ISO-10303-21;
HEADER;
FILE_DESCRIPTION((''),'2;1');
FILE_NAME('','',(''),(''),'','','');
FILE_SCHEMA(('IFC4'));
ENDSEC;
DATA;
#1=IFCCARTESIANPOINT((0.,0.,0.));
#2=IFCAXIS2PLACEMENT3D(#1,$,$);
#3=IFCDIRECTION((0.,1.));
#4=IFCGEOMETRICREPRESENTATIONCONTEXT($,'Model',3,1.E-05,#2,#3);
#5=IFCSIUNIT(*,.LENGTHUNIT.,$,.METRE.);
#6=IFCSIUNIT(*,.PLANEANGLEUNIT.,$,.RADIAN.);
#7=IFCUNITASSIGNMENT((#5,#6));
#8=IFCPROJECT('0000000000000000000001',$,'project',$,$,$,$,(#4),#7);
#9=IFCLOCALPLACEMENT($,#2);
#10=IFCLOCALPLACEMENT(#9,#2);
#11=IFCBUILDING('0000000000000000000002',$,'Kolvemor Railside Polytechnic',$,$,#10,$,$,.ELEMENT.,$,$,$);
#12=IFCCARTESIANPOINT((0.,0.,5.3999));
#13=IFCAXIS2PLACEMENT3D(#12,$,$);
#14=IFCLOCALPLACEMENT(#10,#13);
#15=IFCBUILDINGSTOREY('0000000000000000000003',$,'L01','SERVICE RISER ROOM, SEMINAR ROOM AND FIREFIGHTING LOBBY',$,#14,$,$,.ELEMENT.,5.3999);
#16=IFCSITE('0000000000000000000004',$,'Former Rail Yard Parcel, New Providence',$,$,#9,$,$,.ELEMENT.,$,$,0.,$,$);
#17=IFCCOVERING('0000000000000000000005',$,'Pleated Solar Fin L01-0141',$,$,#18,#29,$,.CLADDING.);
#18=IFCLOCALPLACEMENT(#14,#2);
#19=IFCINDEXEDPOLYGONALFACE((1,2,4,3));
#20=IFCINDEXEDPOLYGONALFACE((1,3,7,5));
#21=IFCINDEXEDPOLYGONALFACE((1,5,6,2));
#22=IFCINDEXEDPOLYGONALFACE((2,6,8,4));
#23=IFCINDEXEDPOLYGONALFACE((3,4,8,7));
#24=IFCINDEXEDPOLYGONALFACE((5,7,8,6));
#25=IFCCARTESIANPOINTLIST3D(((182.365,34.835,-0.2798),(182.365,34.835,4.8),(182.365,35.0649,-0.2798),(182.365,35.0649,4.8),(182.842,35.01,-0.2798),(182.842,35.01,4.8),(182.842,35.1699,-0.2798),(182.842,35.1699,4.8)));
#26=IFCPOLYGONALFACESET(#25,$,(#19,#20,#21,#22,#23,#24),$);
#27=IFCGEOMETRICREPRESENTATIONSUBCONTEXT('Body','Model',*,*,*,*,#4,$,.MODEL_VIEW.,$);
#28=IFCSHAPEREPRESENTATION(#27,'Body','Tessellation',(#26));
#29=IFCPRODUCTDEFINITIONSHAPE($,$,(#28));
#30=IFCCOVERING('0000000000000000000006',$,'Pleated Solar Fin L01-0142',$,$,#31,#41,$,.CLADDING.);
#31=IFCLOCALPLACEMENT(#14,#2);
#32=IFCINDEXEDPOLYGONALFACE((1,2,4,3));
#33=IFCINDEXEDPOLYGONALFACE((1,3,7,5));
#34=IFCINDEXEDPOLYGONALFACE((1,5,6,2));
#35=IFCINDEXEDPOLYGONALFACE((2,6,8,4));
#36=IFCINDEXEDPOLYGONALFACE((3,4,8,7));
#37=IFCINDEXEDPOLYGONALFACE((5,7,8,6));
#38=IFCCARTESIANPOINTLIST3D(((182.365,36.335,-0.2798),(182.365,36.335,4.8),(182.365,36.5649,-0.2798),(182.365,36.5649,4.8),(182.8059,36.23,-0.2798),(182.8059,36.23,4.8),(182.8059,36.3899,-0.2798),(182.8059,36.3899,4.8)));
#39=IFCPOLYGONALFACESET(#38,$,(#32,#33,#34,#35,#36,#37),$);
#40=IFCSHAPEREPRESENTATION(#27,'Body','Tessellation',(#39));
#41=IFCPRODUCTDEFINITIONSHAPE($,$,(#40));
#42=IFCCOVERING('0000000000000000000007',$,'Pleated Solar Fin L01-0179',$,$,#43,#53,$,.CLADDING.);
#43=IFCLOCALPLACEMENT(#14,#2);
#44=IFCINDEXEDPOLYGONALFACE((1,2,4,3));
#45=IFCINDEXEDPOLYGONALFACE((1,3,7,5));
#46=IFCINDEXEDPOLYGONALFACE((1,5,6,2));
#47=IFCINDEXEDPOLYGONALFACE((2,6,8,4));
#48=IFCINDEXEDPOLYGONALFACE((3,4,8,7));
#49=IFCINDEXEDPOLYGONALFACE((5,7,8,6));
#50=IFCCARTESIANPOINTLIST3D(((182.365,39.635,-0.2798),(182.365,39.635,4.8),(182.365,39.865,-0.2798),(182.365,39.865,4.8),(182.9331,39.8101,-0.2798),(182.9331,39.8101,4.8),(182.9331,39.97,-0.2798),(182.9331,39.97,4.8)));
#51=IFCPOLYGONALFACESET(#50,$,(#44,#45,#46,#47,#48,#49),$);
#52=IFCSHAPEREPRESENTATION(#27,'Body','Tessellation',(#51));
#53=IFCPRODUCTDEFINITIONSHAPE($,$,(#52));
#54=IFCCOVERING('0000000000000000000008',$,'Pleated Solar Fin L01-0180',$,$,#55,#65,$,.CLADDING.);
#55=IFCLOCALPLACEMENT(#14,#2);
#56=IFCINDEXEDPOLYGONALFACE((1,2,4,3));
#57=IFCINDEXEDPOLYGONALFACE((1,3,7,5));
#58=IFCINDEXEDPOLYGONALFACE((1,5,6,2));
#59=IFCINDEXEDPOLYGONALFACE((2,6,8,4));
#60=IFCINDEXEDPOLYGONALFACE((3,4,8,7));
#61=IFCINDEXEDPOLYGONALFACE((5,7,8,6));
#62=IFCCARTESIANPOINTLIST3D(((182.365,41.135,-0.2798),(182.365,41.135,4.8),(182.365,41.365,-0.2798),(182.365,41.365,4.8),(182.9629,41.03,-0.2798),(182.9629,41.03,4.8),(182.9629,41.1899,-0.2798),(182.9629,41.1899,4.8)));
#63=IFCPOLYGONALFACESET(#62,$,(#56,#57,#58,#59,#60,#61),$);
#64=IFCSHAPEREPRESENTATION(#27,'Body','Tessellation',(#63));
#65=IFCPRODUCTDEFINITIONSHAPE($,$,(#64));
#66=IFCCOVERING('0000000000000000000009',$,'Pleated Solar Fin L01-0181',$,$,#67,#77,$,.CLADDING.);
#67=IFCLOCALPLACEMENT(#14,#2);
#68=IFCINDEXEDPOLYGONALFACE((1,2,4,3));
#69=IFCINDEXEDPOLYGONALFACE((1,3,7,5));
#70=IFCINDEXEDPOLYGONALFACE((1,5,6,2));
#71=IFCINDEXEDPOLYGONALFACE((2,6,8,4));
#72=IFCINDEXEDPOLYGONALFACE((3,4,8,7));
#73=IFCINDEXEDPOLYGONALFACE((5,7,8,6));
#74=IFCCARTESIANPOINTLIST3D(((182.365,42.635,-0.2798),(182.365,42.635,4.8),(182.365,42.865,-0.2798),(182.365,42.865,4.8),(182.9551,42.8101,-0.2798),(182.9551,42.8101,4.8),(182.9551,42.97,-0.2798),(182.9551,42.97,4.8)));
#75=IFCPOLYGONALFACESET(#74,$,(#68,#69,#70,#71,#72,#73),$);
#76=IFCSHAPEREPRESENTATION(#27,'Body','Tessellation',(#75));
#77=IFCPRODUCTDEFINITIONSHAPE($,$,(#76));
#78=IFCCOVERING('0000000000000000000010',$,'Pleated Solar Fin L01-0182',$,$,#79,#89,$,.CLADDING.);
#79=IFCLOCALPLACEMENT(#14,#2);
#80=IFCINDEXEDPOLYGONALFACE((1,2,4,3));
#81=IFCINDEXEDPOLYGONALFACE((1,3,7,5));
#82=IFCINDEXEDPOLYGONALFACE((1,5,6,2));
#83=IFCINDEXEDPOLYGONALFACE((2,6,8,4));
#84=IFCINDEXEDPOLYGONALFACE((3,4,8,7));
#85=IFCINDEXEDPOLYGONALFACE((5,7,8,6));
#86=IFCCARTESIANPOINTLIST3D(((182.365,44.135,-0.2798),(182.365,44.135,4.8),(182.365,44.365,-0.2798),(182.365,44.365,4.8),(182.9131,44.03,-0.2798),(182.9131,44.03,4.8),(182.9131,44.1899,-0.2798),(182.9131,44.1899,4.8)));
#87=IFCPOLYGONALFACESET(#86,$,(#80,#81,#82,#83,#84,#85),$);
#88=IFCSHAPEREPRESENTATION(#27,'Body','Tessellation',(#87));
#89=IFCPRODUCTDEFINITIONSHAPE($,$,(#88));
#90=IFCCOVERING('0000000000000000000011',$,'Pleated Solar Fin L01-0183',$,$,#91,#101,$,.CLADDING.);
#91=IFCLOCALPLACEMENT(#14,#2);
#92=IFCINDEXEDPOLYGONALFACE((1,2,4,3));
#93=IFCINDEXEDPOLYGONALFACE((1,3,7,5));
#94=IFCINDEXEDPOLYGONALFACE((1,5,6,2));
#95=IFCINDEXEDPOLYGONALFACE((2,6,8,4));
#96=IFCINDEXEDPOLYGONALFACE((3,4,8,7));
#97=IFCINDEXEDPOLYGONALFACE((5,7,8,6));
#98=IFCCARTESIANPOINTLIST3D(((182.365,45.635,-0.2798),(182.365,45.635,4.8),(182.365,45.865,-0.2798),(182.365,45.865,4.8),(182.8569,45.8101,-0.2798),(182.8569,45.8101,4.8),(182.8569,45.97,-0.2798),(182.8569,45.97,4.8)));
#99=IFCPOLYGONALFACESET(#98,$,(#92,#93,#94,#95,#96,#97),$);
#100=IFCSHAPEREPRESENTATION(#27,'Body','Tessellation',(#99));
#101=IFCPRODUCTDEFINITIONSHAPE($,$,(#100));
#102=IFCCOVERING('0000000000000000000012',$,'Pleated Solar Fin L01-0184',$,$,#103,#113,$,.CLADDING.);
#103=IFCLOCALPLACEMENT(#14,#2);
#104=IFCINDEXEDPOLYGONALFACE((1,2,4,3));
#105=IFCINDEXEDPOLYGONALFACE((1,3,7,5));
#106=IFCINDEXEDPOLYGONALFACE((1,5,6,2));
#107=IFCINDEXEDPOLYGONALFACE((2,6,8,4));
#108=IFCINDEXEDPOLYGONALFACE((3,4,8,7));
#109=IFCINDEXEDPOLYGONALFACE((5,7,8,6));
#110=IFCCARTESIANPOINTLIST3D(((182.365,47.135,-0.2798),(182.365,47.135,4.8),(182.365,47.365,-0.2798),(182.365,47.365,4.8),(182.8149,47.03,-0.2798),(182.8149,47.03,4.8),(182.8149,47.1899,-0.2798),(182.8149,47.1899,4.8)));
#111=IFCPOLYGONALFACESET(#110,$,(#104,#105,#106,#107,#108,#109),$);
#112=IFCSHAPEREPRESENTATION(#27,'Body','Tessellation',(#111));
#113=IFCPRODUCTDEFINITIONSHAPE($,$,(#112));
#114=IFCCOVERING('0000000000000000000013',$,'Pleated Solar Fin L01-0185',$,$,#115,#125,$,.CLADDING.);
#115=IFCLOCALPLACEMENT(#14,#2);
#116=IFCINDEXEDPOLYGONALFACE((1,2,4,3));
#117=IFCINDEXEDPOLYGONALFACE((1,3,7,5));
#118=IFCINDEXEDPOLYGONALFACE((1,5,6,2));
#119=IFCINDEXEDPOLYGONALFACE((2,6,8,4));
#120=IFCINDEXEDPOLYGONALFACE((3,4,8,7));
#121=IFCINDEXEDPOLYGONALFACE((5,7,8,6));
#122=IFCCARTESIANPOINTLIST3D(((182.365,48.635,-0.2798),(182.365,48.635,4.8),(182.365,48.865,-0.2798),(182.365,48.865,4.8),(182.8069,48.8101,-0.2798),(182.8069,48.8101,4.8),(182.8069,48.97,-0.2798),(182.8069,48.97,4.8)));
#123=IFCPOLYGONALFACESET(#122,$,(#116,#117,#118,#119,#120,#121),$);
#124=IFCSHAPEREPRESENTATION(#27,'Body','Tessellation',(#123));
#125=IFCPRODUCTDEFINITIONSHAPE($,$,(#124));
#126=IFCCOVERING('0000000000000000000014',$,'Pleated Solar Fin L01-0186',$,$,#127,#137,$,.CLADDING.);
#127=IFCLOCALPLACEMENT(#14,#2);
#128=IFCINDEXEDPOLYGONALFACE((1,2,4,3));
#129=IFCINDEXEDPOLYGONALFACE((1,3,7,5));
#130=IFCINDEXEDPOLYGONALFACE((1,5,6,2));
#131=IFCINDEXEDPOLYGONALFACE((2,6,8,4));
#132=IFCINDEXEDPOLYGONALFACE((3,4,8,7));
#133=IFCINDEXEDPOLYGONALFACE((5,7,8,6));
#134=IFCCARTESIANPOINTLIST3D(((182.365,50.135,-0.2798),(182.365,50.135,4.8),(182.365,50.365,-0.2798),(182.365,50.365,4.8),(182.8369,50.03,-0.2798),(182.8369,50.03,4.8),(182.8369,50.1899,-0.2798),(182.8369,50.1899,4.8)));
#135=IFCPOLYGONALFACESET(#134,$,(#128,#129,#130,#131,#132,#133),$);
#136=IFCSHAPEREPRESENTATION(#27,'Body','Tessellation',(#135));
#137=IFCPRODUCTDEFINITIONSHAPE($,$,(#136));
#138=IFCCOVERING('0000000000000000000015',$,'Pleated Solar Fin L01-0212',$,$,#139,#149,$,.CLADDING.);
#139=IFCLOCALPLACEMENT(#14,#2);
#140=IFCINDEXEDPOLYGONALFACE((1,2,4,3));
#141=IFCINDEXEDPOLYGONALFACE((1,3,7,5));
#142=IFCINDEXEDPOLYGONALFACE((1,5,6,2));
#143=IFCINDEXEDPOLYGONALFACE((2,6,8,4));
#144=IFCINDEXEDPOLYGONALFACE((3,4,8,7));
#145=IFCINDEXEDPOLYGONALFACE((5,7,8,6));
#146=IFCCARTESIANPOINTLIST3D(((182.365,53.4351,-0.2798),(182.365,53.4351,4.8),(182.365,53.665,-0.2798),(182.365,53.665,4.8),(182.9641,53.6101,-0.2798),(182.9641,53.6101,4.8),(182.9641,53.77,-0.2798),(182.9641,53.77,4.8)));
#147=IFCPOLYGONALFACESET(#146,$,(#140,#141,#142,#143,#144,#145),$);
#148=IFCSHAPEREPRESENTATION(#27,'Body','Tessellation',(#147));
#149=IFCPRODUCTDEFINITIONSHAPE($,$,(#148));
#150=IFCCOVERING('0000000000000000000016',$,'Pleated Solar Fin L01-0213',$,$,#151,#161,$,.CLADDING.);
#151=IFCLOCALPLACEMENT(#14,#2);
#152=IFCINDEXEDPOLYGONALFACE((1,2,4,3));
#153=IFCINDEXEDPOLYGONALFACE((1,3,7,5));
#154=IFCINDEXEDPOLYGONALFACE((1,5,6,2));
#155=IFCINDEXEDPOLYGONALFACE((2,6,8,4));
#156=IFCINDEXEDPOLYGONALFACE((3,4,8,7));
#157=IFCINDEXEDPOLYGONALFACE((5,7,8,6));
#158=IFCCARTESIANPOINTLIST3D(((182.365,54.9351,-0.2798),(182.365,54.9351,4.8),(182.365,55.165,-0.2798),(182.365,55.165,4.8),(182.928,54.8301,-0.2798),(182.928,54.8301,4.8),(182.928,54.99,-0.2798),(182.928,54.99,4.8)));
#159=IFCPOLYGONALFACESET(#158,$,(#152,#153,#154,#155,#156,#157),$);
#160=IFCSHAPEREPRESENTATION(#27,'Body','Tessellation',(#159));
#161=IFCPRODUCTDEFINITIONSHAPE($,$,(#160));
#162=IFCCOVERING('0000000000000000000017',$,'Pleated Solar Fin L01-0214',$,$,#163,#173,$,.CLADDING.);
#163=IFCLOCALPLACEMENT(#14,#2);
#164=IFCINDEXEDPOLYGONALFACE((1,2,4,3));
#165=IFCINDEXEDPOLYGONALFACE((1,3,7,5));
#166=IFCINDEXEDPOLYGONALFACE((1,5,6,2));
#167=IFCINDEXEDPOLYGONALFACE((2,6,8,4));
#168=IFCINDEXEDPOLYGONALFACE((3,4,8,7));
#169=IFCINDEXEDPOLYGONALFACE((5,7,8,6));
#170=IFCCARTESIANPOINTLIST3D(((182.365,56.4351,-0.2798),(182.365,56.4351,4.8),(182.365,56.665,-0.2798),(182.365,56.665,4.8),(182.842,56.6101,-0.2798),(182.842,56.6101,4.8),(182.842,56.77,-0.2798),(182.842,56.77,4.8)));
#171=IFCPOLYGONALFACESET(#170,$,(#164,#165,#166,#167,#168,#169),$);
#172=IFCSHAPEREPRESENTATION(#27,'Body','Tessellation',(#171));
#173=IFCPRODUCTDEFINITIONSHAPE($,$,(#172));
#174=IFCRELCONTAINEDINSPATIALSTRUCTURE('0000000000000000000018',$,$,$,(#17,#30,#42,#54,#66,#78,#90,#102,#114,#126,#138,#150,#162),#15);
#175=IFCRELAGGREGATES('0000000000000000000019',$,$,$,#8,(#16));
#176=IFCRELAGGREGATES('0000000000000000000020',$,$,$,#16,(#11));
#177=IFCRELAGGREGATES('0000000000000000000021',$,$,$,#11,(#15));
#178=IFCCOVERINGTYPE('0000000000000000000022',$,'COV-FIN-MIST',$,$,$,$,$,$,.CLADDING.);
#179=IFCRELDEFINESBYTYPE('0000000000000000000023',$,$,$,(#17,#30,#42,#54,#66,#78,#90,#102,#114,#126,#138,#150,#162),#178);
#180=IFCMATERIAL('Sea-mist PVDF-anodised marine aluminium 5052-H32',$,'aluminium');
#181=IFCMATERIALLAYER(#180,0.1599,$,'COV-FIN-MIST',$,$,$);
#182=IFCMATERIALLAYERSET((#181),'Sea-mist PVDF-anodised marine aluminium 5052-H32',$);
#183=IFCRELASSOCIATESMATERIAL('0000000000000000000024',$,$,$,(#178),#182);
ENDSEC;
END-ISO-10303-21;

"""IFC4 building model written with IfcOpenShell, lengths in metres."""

from ifc_helpers import new_model, si_unit, direction, frame, origin, place, context, subcontext, project, spatial, polyline, outline, extrude, material, layer, layer_set, type_object, element, save


model = new_model("IFC4")

# Units and contexts
model_context = context("Model", 3, precision=1e-05, world=origin(), true_north=direction((0.0, 1.0)))
body_context = subcontext(model_context, "Body", "Model", "MODEL_VIEW")
ifc_project = project(units=[si_unit("LENGTHUNIT", "METRE"), si_unit("PLANEANGLEUNIT", "RADIAN")], contexts=[model_context])

# Site, building, storey
site_placement = place(None, origin())
site = spatial("IfcSite", under=ifc_project, at=site_placement, Name="Former Rail Yard Parcel, New Providence", CompositionType="ELEMENT", RefElevation=0.0)
building_placement = place(site_placement, origin())
building = spatial("IfcBuilding", under=site, at=building_placement, Name="Kolvemor Railside Polytechnic", CompositionType="ELEMENT")
storey_placement = place(building_placement, frame((0.0, 0.0, 5.3999)))
storey = spatial("IfcBuildingStorey", under=building, at=storey_placement, Name="L01", Description="SERVICE RISER ROOM, SEMINAR ROOM AND FIREFIGHTING LOBBY", CompositionType="ELEMENT", Elevation=5.3999)

# Coverings
ifc_material_1 = material(Name="Sea-mist PVDF-anodised marine aluminium 5052-H32", Category="aluminium")
ifc_layer_1 = layer(ifc_material_1, 0.1599, Name="COV-FIN-MIST")
ifc_layer_set_1 = layer_set([ifc_layer_1], Name="Sea-mist PVDF-anodised marine aluminium 5052-H32")
covering_type_1 = type_object("IfcCoveringType", Name="COV-FIN-MIST", PredefinedType="CLADDING", material=ifc_layer_set_1)
covering_1_placement = place(storey_placement, frame((0.0, 0.0, -0.2798)))
element("IfcCovering", 1, at=covering_1_placement, inside=storey, type_object=covering_type_1, Name="Pleated Solar Fin L01-0141", PredefinedType="CLADDING", context=body_context, shape_type="SweptSolid", body=[
    extrude(outline(polyline([(182.365, 34.835), (182.365, 35.0649), (182.842, 35.1699), (182.842, 35.01), (182.365, 34.835)])), origin(), (0.0, 0.0, 1.0), 5.0798),
])
covering_2_placement = place(storey_placement, frame((0.0, 0.0, -0.2798)))
element("IfcCovering", 2, at=covering_2_placement, inside=storey, type_object=covering_type_1, Name="Pleated Solar Fin L01-0142", PredefinedType="CLADDING", context=body_context, shape_type="SweptSolid", body=[
    extrude(outline(polyline([(182.365, 36.335), (182.365, 36.5649), (182.8059, 36.3899), (182.8059, 36.23), (182.365, 36.335)])), origin(), (0.0, 0.0, 1.0), 5.0798),
])
covering_3_placement = place(storey_placement, frame((0.0, 0.0, -0.2798)))
element("IfcCovering", 3, at=covering_3_placement, inside=storey, type_object=covering_type_1, Name="Pleated Solar Fin L01-0179", PredefinedType="CLADDING", context=body_context, shape_type="SweptSolid", body=[
    extrude(outline(polyline([(182.365, 39.635), (182.365, 39.865), (182.9331, 39.97), (182.9331, 39.8101), (182.365, 39.635)])), origin(), (0.0, 0.0, 1.0), 5.0798),
])
covering_4_placement = place(storey_placement, frame((0.0, 0.0, -0.2798)))
element("IfcCovering", 4, at=covering_4_placement, inside=storey, type_object=covering_type_1, Name="Pleated Solar Fin L01-0180", PredefinedType="CLADDING", context=body_context, shape_type="SweptSolid", body=[
    extrude(outline(polyline([(182.365, 41.135), (182.365, 41.365), (182.9629, 41.1899), (182.9629, 41.03), (182.365, 41.135)])), origin(), (0.0, 0.0, 1.0), 5.0798),
])
covering_5_placement = place(storey_placement, frame((0.0, 0.0, -0.2798)))
element("IfcCovering", 5, at=covering_5_placement, inside=storey, type_object=covering_type_1, Name="Pleated Solar Fin L01-0181", PredefinedType="CLADDING", context=body_context, shape_type="SweptSolid", body=[
    extrude(outline(polyline([(182.365, 42.635), (182.365, 42.865), (182.9551, 42.97), (182.9551, 42.8101), (182.365, 42.635)])), origin(), (0.0, 0.0, 1.0), 5.0798),
])
covering_6_placement = place(storey_placement, frame((0.0, 0.0, -0.2798)))
element("IfcCovering", 6, at=covering_6_placement, inside=storey, type_object=covering_type_1, Name="Pleated Solar Fin L01-0182", PredefinedType="CLADDING", context=body_context, shape_type="SweptSolid", body=[
    extrude(outline(polyline([(182.365, 44.135), (182.365, 44.365), (182.9131, 44.1899), (182.9131, 44.03), (182.365, 44.135)])), origin(), (0.0, 0.0, 1.0), 5.0798),
])
covering_7_placement = place(storey_placement, frame((0.0, 0.0, -0.2798)))
element("IfcCovering", 7, at=covering_7_placement, inside=storey, type_object=covering_type_1, Name="Pleated Solar Fin L01-0183", PredefinedType="CLADDING", context=body_context, shape_type="SweptSolid", body=[
    extrude(outline(polyline([(182.365, 45.635), (182.365, 45.865), (182.8569, 45.97), (182.8569, 45.8101), (182.365, 45.635)])), origin(), (0.0, 0.0, 1.0), 5.0798),
])
covering_8_placement = place(storey_placement, frame((0.0, 0.0, -0.2798)))
element("IfcCovering", 8, at=covering_8_placement, inside=storey, type_object=covering_type_1, Name="Pleated Solar Fin L01-0184", PredefinedType="CLADDING", context=body_context, shape_type="SweptSolid", body=[
    extrude(outline(polyline([(182.365, 47.135), (182.365, 47.365), (182.8149, 47.1899), (182.8149, 47.03), (182.365, 47.135)])), origin(), (0.0, 0.0, 1.0), 5.0798),
])
covering_9_placement = place(storey_placement, frame((0.0, 0.0, -0.2798)))
element("IfcCovering", 9, at=covering_9_placement, inside=storey, type_object=covering_type_1, Name="Pleated Solar Fin L01-0185", PredefinedType="CLADDING", context=body_context, shape_type="SweptSolid", body=[
    extrude(outline(polyline([(182.365, 48.635), (182.365, 48.865), (182.8069, 48.97), (182.8069, 48.8101), (182.365, 48.635)])), origin(), (0.0, 0.0, 1.0), 5.0798),
])
covering_10_placement = place(storey_placement, frame((0.0, 0.0, -0.2798)))
element("IfcCovering", 10, at=covering_10_placement, inside=storey, type_object=covering_type_1, Name="Pleated Solar Fin L01-0186", PredefinedType="CLADDING", context=body_context, shape_type="SweptSolid", body=[
    extrude(outline(polyline([(182.365, 50.135), (182.365, 50.365), (182.8369, 50.1899), (182.8369, 50.03), (182.365, 50.135)])), origin(), (0.0, 0.0, 1.0), 5.0798),
])
covering_11_placement = place(storey_placement, frame((0.0, 0.0, -0.2798)))
element("IfcCovering", 11, at=covering_11_placement, inside=storey, type_object=covering_type_1, Name="Pleated Solar Fin L01-0212", PredefinedType="CLADDING", context=body_context, shape_type="SweptSolid", body=[
    extrude(outline(polyline([(182.365, 53.4351), (182.365, 53.665), (182.9641, 53.77), (182.9641, 53.6101), (182.365, 53.4351)])), origin(), (0.0, 0.0, 1.0), 5.0798),
])
covering_12_placement = place(storey_placement, frame((0.0, 0.0, -0.2798)))
element("IfcCovering", 12, at=covering_12_placement, inside=storey, type_object=covering_type_1, Name="Pleated Solar Fin L01-0213", PredefinedType="CLADDING", context=body_context, shape_type="SweptSolid", body=[
    extrude(outline(polyline([(182.365, 54.9351), (182.365, 55.165), (182.928, 54.99), (182.928, 54.8301), (182.365, 54.9351)])), origin(), (0.0, 0.0, 1.0), 5.0798),
])
covering_13_placement = place(storey_placement, frame((0.0, 0.0, -0.2798)))
element("IfcCovering", 13, at=covering_13_placement, inside=storey, type_object=covering_type_1, Name="Pleated Solar Fin L01-0214", PredefinedType="CLADDING", context=body_context, shape_type="SweptSolid", body=[
    extrude(outline(polyline([(182.365, 56.4351), (182.365, 56.665), (182.842, 56.77), (182.842, 56.6101), (182.365, 56.4351)])), origin(), (0.0, 0.0, 1.0), 5.0798),
])

save(model, "model.ifc")
